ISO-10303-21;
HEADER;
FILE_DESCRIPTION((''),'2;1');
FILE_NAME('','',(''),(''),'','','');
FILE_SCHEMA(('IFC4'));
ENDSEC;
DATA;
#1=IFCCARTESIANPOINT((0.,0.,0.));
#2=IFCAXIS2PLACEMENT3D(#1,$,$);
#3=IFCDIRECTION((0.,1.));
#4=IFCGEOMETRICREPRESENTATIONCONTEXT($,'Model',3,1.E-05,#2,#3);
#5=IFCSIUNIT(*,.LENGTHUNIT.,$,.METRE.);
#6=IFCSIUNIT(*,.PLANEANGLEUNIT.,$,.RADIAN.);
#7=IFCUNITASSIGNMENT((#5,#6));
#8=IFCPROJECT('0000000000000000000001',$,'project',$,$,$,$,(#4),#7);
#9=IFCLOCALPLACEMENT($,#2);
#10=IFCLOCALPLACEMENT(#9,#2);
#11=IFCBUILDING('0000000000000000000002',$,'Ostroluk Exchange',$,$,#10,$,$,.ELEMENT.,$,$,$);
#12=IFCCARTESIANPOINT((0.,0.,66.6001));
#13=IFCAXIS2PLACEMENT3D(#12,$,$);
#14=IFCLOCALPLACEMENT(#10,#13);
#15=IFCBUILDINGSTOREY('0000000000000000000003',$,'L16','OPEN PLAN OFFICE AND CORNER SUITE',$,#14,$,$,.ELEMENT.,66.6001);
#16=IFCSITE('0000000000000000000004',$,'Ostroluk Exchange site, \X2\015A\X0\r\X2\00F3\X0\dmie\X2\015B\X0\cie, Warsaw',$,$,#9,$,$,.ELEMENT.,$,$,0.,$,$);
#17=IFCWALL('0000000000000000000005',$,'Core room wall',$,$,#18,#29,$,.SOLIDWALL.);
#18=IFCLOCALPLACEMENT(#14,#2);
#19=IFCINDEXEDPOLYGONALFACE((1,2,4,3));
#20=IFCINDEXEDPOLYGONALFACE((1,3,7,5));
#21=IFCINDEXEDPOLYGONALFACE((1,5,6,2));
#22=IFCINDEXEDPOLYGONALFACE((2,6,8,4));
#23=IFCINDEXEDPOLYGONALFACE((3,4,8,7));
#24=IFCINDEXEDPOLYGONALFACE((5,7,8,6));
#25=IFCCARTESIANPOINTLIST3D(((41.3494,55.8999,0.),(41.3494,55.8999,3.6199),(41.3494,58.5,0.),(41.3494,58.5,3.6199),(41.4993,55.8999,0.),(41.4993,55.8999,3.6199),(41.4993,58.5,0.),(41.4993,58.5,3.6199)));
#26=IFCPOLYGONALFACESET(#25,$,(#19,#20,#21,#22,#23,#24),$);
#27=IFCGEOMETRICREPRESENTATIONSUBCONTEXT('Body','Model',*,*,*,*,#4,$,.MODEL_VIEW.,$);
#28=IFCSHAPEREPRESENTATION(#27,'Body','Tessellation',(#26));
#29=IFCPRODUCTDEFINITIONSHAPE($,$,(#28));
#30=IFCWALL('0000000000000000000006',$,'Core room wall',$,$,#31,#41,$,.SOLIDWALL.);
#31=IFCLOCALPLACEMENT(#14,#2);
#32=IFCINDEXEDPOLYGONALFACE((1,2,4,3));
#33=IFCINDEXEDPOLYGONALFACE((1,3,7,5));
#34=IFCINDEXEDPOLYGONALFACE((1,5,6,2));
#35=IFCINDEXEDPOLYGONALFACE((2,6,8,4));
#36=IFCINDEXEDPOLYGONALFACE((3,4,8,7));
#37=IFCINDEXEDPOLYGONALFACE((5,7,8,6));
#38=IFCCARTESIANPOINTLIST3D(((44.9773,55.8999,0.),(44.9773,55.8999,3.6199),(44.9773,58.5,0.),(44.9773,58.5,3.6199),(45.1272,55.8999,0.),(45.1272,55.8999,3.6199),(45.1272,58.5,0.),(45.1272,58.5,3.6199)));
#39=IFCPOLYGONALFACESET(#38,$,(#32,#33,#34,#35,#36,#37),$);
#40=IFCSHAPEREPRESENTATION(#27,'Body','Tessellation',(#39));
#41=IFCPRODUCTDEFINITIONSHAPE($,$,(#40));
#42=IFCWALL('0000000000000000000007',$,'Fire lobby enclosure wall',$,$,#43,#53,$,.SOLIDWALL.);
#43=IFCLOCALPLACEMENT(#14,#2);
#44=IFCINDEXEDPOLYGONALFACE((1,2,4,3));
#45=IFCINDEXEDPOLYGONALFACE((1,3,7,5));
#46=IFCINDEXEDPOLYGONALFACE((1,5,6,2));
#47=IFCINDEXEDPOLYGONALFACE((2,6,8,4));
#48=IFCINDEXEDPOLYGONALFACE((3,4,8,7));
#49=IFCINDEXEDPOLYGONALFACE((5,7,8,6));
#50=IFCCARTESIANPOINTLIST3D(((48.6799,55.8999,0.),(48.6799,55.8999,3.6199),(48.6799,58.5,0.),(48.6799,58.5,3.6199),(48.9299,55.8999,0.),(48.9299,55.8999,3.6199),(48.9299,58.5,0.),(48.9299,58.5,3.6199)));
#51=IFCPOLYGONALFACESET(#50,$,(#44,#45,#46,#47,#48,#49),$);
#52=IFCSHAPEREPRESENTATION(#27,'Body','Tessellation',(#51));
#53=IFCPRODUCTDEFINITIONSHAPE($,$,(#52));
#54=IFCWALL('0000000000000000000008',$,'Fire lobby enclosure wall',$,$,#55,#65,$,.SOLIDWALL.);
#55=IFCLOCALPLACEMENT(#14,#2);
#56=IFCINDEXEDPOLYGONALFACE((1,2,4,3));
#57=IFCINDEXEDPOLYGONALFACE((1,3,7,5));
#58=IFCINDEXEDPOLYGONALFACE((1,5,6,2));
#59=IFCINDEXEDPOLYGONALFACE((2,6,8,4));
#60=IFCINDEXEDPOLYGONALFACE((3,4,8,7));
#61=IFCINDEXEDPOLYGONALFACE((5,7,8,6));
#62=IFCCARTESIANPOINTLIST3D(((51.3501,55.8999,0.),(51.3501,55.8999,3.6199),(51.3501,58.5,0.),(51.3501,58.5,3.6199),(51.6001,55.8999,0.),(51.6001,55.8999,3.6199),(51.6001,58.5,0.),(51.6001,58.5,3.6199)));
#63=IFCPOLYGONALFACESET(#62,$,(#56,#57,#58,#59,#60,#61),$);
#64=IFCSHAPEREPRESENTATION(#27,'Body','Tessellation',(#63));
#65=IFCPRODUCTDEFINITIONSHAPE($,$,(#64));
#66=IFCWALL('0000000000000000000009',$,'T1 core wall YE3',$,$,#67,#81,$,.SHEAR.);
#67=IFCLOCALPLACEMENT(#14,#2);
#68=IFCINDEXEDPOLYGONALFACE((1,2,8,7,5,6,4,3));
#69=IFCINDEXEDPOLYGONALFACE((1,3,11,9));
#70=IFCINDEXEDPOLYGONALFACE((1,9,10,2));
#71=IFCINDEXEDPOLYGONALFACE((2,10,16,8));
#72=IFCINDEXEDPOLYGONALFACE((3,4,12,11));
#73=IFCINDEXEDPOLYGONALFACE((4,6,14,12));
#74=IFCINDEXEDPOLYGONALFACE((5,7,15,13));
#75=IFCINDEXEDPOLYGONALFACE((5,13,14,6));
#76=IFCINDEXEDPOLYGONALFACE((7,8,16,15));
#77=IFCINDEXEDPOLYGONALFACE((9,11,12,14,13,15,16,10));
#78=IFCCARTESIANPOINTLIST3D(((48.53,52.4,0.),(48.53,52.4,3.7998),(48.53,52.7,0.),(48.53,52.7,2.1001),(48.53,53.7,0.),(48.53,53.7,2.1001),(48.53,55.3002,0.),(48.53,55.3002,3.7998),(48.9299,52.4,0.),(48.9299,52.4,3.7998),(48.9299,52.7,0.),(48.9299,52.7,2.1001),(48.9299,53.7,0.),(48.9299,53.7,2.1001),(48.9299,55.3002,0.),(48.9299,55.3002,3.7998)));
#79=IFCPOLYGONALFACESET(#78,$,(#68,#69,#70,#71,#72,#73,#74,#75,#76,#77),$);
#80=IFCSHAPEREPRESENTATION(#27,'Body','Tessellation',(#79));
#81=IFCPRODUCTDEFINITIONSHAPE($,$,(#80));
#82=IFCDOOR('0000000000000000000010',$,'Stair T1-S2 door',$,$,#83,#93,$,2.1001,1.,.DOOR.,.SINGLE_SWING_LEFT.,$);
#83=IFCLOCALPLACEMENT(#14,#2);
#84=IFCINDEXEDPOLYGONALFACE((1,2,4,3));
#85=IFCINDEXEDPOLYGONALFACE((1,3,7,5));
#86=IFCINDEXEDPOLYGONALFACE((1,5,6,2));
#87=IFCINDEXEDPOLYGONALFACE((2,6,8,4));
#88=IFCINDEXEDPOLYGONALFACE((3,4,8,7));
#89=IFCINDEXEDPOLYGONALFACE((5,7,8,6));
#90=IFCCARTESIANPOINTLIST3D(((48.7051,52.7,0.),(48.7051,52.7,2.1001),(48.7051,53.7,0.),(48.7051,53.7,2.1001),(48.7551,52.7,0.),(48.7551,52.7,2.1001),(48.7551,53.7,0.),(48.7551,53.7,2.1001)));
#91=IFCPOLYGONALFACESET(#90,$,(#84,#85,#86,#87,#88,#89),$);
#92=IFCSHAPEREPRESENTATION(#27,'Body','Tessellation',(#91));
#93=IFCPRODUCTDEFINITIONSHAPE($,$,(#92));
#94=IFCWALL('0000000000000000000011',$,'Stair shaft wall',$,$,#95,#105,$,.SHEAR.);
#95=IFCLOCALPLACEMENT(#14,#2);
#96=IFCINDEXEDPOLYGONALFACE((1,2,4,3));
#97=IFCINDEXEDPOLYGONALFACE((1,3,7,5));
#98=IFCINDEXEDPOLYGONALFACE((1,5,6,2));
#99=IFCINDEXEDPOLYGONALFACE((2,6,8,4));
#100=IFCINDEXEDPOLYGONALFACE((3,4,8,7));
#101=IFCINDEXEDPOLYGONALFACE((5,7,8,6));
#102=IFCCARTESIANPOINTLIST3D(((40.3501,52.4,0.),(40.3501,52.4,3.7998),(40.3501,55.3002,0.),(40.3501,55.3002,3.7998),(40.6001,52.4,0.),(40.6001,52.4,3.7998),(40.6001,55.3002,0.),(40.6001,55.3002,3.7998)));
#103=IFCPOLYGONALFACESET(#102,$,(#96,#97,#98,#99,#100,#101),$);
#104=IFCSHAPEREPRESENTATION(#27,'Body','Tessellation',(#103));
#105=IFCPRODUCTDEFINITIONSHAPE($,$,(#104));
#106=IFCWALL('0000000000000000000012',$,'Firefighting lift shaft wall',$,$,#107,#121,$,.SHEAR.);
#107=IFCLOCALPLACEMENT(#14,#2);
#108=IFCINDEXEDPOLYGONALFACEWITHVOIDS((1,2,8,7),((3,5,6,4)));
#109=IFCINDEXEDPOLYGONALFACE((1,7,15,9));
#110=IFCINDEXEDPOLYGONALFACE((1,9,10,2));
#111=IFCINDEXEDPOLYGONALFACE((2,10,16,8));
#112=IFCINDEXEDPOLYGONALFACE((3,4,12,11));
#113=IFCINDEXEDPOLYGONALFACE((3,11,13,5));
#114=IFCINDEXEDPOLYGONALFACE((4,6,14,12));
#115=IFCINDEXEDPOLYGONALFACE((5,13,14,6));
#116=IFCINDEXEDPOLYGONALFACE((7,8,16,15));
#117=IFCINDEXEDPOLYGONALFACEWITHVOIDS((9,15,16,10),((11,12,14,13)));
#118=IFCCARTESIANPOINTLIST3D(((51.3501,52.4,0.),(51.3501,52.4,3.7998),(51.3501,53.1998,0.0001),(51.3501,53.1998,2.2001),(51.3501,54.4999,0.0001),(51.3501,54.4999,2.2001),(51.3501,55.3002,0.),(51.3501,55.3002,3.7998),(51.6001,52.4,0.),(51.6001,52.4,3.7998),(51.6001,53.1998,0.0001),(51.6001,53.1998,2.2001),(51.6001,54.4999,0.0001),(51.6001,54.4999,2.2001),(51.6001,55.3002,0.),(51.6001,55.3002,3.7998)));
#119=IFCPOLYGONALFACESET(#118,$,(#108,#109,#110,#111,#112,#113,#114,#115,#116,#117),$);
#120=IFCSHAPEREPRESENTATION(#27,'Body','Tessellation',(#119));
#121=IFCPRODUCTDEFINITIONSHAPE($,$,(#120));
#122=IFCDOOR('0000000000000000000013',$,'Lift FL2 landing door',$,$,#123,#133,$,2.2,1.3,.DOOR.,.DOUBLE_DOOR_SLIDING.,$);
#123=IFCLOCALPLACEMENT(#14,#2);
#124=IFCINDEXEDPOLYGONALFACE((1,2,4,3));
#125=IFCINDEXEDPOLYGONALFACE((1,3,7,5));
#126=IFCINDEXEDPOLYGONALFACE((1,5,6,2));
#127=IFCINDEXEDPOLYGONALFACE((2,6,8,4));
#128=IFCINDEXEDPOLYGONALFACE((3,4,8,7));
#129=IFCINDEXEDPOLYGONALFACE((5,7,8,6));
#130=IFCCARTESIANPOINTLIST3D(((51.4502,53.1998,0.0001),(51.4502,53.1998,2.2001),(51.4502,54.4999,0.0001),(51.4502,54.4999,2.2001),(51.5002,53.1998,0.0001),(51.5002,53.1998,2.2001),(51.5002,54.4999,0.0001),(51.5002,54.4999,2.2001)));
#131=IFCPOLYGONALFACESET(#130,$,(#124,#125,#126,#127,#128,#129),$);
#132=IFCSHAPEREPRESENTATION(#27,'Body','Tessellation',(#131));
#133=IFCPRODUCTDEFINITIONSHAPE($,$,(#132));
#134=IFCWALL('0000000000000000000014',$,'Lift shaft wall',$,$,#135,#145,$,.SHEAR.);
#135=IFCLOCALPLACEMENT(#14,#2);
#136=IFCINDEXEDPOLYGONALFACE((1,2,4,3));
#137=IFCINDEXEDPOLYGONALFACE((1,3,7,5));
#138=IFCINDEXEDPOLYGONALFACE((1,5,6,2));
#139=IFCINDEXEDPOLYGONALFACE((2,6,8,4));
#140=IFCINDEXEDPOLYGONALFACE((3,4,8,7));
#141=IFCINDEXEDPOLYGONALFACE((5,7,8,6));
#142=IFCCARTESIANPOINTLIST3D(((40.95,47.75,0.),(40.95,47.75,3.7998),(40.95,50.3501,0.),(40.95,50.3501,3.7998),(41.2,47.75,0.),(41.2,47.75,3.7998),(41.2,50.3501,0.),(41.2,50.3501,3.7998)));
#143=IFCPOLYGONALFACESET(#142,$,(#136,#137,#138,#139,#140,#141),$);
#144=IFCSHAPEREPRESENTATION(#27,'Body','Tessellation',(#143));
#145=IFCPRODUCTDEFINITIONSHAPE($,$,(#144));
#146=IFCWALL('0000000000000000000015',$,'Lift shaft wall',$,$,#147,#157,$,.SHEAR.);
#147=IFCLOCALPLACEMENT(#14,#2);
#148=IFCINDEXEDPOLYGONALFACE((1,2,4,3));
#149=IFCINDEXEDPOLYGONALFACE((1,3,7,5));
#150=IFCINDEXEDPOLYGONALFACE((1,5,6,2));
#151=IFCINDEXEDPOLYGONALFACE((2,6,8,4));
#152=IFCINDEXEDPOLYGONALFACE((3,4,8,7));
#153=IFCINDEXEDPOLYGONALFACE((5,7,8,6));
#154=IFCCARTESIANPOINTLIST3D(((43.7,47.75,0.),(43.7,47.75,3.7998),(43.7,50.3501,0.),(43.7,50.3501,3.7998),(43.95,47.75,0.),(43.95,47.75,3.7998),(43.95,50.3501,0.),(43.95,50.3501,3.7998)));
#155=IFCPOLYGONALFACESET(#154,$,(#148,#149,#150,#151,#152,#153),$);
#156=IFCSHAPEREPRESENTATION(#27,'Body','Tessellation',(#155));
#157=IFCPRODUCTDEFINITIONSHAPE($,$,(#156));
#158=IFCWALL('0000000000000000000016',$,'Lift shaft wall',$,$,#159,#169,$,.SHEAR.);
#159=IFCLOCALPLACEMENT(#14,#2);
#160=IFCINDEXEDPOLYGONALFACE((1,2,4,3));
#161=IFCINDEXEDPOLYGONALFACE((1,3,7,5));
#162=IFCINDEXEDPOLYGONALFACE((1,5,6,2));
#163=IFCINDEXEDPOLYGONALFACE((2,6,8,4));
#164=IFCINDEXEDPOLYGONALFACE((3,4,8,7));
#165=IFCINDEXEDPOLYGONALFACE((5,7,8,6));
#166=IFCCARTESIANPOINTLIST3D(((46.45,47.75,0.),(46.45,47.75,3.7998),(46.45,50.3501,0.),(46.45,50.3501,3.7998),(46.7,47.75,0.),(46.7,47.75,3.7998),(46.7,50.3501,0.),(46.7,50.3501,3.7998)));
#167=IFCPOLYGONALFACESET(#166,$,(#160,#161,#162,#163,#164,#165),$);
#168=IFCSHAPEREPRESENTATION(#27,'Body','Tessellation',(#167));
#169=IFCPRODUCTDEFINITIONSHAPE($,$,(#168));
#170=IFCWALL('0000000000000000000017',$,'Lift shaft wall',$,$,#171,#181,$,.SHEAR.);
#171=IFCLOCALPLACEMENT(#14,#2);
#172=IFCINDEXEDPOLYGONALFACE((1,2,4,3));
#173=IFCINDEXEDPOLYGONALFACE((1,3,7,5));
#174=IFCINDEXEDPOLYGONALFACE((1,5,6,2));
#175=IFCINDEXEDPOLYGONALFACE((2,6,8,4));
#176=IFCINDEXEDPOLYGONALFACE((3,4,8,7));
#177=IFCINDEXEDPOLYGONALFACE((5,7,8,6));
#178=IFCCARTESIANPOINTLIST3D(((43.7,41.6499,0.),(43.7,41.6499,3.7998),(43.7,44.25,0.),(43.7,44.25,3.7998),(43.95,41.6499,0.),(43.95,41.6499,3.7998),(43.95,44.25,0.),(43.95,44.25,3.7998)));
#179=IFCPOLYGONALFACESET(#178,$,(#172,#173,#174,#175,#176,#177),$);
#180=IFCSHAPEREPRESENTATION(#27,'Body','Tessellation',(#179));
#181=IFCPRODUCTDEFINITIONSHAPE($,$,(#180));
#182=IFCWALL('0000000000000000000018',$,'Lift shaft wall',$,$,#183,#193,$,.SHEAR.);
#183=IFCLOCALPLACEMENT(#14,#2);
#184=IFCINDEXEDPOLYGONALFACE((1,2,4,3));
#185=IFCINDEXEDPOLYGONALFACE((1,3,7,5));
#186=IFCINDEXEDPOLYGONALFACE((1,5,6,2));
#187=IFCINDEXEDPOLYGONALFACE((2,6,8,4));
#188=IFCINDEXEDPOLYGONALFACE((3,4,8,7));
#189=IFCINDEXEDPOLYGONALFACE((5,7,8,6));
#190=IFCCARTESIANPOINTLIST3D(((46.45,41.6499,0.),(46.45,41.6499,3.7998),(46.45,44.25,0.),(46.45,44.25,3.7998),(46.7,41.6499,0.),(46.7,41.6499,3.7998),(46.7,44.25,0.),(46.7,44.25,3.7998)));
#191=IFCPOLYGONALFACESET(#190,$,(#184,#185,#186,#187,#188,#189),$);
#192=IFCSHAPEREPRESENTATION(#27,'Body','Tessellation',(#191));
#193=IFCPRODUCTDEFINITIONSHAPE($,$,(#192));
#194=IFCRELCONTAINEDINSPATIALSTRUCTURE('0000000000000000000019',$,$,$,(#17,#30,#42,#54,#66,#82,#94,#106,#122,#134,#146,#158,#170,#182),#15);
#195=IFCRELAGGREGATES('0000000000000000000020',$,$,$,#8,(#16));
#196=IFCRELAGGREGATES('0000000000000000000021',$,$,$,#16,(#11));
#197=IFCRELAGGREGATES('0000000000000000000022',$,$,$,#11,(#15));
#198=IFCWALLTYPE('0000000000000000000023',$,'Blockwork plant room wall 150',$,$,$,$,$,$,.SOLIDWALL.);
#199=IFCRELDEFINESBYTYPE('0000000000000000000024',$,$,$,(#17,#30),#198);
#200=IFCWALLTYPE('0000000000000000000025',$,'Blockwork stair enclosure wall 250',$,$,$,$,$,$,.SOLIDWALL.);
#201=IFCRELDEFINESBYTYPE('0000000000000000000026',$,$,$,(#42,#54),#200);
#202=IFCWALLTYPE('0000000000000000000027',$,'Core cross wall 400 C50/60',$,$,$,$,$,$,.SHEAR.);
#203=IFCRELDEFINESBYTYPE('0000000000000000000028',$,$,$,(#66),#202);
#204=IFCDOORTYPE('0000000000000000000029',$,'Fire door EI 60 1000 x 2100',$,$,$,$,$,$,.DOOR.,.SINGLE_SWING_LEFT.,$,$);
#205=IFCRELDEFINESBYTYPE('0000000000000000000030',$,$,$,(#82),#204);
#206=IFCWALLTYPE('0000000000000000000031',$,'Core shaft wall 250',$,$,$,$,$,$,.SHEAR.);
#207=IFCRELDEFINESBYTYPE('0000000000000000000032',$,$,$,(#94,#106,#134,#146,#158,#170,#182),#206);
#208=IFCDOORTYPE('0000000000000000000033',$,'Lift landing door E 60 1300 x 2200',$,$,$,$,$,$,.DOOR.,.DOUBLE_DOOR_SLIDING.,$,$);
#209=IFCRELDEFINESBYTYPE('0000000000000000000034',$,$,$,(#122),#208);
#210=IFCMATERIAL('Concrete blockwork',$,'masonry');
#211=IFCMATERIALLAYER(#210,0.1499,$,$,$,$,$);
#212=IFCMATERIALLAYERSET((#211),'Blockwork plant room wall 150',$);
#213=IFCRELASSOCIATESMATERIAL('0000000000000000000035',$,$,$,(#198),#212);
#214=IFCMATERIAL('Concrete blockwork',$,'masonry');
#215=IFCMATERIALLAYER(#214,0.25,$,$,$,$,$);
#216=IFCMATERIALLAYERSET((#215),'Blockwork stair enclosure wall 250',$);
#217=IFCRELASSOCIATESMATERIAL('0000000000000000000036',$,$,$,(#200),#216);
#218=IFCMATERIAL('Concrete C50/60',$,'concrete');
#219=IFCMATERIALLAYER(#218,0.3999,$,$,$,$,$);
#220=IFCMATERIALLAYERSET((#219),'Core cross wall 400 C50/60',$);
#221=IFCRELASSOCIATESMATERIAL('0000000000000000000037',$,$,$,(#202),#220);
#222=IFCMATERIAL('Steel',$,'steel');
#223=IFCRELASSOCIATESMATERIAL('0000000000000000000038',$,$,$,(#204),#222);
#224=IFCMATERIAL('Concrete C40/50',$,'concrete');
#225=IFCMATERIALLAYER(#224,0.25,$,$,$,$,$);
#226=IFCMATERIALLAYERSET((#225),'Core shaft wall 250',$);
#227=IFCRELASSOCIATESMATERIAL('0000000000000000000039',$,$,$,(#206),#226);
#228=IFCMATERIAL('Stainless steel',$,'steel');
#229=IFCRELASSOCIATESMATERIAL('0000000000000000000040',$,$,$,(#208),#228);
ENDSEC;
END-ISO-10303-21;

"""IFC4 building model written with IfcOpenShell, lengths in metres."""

from ifc_helpers import new_model, si_unit, direction, frame, frame_2d, origin, place, context, subcontext, project, spatial, rectangle, extrude, material, layer, layer_set, type_object, element, fill, save


model = new_model("IFC4")

# Units and contexts
model_context = context("Model", 3, precision=1e-05, world=origin(), true_north=direction((0.0, 1.0)))
body_context = subcontext(model_context, "Body", "Model", "MODEL_VIEW")
ifc_project = project(units=[si_unit("LENGTHUNIT", "METRE"), si_unit("PLANEANGLEUNIT", "RADIAN")], contexts=[model_context])

# Site, building, storey
site_placement = place(None, origin())
site = spatial("IfcSite", under=ifc_project, at=site_placement, Name="Ostroluk Exchange site, Śródmieście, Warsaw", CompositionType="ELEMENT", RefElevation=0.0)
building_placement = place(site_placement, origin())
building = spatial("IfcBuilding", under=site, at=building_placement, Name="Ostroluk Exchange", CompositionType="ELEMENT")
storey_placement = place(building_placement, frame((0.0, 0.0, 66.6001)))
storey = spatial("IfcBuildingStorey", under=building, at=storey_placement, Name="L16", Description="OPEN PLAN OFFICE AND CORNER SUITE", CompositionType="ELEMENT", Elevation=66.6001)

# Walls
ifc_material_1 = material(Name="Concrete blockwork", Category="masonry")
ifc_layer_1 = layer(ifc_material_1, 0.1499)
ifc_layer_set_1 = layer_set([ifc_layer_1], Name="Blockwork plant room wall 150")
wall_type_1 = type_object("IfcWallType", Name="Blockwork plant room wall 150", PredefinedType="SOLIDWALL", material=ifc_layer_set_1)
for number, where, z_axis, x_axis, name in (
    (1, (41.4243, 55.8999, 0.0), (0.0, 0.0, 1.0), (0.0, 1.0, 0.0), "Core room wall"),
    (2, (45.0522, 55.8999, 0.0), (0.0, 0.0, 1.0), (0.0, 1.0, 0.0), "Core room wall"),
):
    element("IfcWall", number, at=place(storey_placement, frame(where, z_axis=z_axis, x_axis=x_axis)), inside=storey, type_object=wall_type_1, Name=name, PredefinedType="SOLIDWALL", context=body_context, shape_type="SweptSolid", body=[
        extrude(rectangle(XDim=2.6001, YDim=0.1499, at=frame_2d((1.3, 0.0))), origin(), (0.0, 0.0, 1.0), 3.6199),
    ])
ifc_material_2 = material(Name="Concrete blockwork", Category="masonry")
ifc_layer_2 = layer(ifc_material_2, 0.25)
ifc_layer_set_2 = layer_set([ifc_layer_2], Name="Blockwork stair enclosure wall 250")
wall_type_2 = type_object("IfcWallType", Name="Blockwork stair enclosure wall 250", PredefinedType="SOLIDWALL", material=ifc_layer_set_2)
for number, where, z_axis, x_axis, name in (
    (3, (48.8049, 55.8999, 0.0), (0.0, 0.0, 1.0), (0.0, 1.0, 0.0), "Fire lobby enclosure wall"),
    (4, (51.4751, 55.8999, 0.0), (0.0, 0.0, 1.0), (0.0, 1.0, 0.0), "Fire lobby enclosure wall"),
):
    element("IfcWall", number, at=place(storey_placement, frame(where, z_axis=z_axis, x_axis=x_axis)), inside=storey, type_object=wall_type_2, Name=name, PredefinedType="SOLIDWALL", context=body_context, shape_type="SweptSolid", body=[
        extrude(rectangle(XDim=2.6001, YDim=0.25, at=frame_2d((1.3, 0.0))), origin(), (0.0, 0.0, 1.0), 3.6199),
    ])

# Wall, opening, door
ifc_material_3 = material(Name="Concrete C50/60", Category="concrete")
ifc_layer_3 = layer(ifc_material_3, 0.3999)
ifc_layer_set_3 = layer_set([ifc_layer_3], Name="Core cross wall 400 C50/60")
wall_type_3 = type_object("IfcWallType", Name="Core cross wall 400 C50/60", PredefinedType="SHEAR", material=ifc_layer_set_3)
wall_1_placement = place(storey_placement, frame((48.73, 52.3999, 0.0), z_axis=(0.0, 0.0, 1.0), x_axis=(0.0, 1.0, 0.0)))
wall_1 = element("IfcWall", 5, at=wall_1_placement, inside=storey, type_object=wall_type_3, Name="T1 core wall YE3", PredefinedType="SHEAR", context=body_context, shape_type="SweptSolid", body=[
    extrude(rectangle(XDim=2.9001, YDim=0.3999, at=frame_2d((1.4502, 0.0))), origin(), (0.0, 0.0, 1.0), 3.7998),
])
opening_1_placement = place(wall_1_placement, frame((0.3, 0.0, 0.0)))
opening_1 = element("IfcOpeningElement", 6, at=opening_1_placement, cuts=wall_1, PredefinedType="OPENING", context=body_context, shape_type="SweptSolid", body=[
    extrude(rectangle(XDim=1.0, YDim=2.1001, at=frame_2d((0.5, 1.05))), frame((0.0, 0.21, 0.0), z_axis=(0.0, -1.0, 0.0), x_axis=(1.0, 0.0, 0.0)), (0.0, 0.0, 1.0), 0.4199),
])
ifc_material_4 = material(Name="Steel", Category="steel")
door_type_1 = type_object("IfcDoorType", Name="Fire door EI 60 1000 x 2100", OperationType="SINGLE_SWING_LEFT", PredefinedType="DOOR", material=ifc_material_4)
door_1_placement = place(opening_1_placement, origin())
door_1 = element("IfcDoor", 7, at=door_1_placement, inside=storey, type_object=door_type_1, Name="Stair T1-S2 door", OperationType="SINGLE_SWING_LEFT", OverallHeight=2.1001, OverallWidth=1.0, PredefinedType="DOOR", context=body_context, shape_type="SweptSolid", body=[
    extrude(rectangle(XDim=1.0, YDim=2.1001, at=frame_2d((0.5, 1.05))), frame((0.0, 0.0249, 0.0), z_axis=(0.0, -1.0, 0.0), x_axis=(1.0, 0.0, 0.0)), (0.0, 0.0, 1.0), 0.05),
])
fill(opening_1, door_1)

# Wall
ifc_material_5 = material(Name="Concrete C40/50", Category="concrete")
ifc_layer_4 = layer(ifc_material_5, 0.25)
ifc_layer_set_4 = layer_set([ifc_layer_4], Name="Core shaft wall 250")
wall_type_4 = type_object("IfcWallType", Name="Core shaft wall 250", PredefinedType="SHEAR", material=ifc_layer_set_4)
wall_2_placement = place(storey_placement, frame((40.4751, 52.3999, 0.0), z_axis=(0.0, 0.0, 1.0), x_axis=(0.0, 1.0, 0.0)))
element("IfcWall", 8, at=wall_2_placement, inside=storey, type_object=wall_type_4, Name="Stair shaft wall", PredefinedType="SHEAR", context=body_context, shape_type="SweptSolid", body=[
    extrude(rectangle(XDim=2.9001, YDim=0.25, at=frame_2d((1.4502, 0.0))), origin(), (0.0, 0.0, 1.0), 3.7998),
])

# Wall, opening, door
wall_3_placement = place(storey_placement, frame((51.4751, 52.3999, 0.0), z_axis=(0.0, 0.0, 1.0), x_axis=(0.0, 1.0, 0.0)))
wall_3 = element("IfcWall", 9, at=wall_3_placement, inside=storey, type_object=wall_type_4, Name="Firefighting lift shaft wall", PredefinedType="SHEAR", context=body_context, shape_type="SweptSolid", body=[
    extrude(rectangle(XDim=2.9001, YDim=0.25, at=frame_2d((1.4502, 0.0))), origin(), (0.0, 0.0, 1.0), 3.7998),
])
opening_2_placement = place(wall_3_placement, frame((0.8, 0.0, 0.0)))
opening_2 = element("IfcOpeningElement", 10, at=opening_2_placement, cuts=wall_3, PredefinedType="OPENING", context=body_context, shape_type="SweptSolid", body=[
    extrude(rectangle(XDim=1.3, YDim=2.2, at=frame_2d((0.6499, 1.1001))), frame((0.0, 0.135, 0.0), z_axis=(0.0, -1.0, 0.0), x_axis=(1.0, 0.0, 0.0)), (0.0, 0.0, 1.0), 0.27),
])
ifc_material_6 = material(Name="Stainless steel", Category="steel")
door_type_2 = type_object("IfcDoorType", Name="Lift landing door E 60 1300 x 2200", OperationType="DOUBLE_DOOR_SLIDING", PredefinedType="DOOR", material=ifc_material_6)
door_2_placement = place(opening_2_placement, origin())
door_2 = element("IfcDoor", 11, at=door_2_placement, inside=storey, type_object=door_type_2, Name="Lift FL2 landing door", OperationType="DOUBLE_DOOR_SLIDING", OverallHeight=2.2, OverallWidth=1.3, PredefinedType="DOOR", context=body_context, shape_type="SweptSolid", body=[
    extrude(rectangle(XDim=1.3, YDim=2.2, at=frame_2d((0.6499, 1.1001))), frame((0.0, 0.0249, 0.0), z_axis=(0.0, -1.0, 0.0), x_axis=(1.0, 0.0, 0.0)), (0.0, 0.0, 1.0), 0.05),
])
fill(opening_2, door_2)

# Walls
for number, where, z_axis, x_axis, name in (
    (12, (41.075, 47.75, 0.0), (0.0, 0.0, 1.0), (0.0, 1.0, 0.0), "Lift shaft wall"),
    (13, (43.825, 47.75, 0.0), (0.0, 0.0, 1.0), (0.0, 1.0, 0.0), "Lift shaft wall"),
    (14, (46.575, 47.75, 0.0), (0.0, 0.0, 1.0), (0.0, 1.0, 0.0), "Lift shaft wall"),
    (15, (43.825, 44.25, 0.0), (0.0, 0.0, 1.0), (0.0, -1.0, 0.0), "Lift shaft wall"),
    (16, (46.575, 44.25, 0.0), (0.0, 0.0, 1.0), (0.0, -1.0, 0.0), "Lift shaft wall"),
):
    element("IfcWall", number, at=place(storey_placement, frame(where, z_axis=z_axis, x_axis=x_axis)), inside=storey, type_object=wall_type_4, Name=name, PredefinedType="SHEAR", context=body_context, shape_type="SweptSolid", body=[
        extrude(rectangle(XDim=2.6001, YDim=0.25, at=frame_2d((1.3, 0.0))), origin(), (0.0, 0.0, 1.0), 3.7998),
    ])

save(model, "model.ifc")
